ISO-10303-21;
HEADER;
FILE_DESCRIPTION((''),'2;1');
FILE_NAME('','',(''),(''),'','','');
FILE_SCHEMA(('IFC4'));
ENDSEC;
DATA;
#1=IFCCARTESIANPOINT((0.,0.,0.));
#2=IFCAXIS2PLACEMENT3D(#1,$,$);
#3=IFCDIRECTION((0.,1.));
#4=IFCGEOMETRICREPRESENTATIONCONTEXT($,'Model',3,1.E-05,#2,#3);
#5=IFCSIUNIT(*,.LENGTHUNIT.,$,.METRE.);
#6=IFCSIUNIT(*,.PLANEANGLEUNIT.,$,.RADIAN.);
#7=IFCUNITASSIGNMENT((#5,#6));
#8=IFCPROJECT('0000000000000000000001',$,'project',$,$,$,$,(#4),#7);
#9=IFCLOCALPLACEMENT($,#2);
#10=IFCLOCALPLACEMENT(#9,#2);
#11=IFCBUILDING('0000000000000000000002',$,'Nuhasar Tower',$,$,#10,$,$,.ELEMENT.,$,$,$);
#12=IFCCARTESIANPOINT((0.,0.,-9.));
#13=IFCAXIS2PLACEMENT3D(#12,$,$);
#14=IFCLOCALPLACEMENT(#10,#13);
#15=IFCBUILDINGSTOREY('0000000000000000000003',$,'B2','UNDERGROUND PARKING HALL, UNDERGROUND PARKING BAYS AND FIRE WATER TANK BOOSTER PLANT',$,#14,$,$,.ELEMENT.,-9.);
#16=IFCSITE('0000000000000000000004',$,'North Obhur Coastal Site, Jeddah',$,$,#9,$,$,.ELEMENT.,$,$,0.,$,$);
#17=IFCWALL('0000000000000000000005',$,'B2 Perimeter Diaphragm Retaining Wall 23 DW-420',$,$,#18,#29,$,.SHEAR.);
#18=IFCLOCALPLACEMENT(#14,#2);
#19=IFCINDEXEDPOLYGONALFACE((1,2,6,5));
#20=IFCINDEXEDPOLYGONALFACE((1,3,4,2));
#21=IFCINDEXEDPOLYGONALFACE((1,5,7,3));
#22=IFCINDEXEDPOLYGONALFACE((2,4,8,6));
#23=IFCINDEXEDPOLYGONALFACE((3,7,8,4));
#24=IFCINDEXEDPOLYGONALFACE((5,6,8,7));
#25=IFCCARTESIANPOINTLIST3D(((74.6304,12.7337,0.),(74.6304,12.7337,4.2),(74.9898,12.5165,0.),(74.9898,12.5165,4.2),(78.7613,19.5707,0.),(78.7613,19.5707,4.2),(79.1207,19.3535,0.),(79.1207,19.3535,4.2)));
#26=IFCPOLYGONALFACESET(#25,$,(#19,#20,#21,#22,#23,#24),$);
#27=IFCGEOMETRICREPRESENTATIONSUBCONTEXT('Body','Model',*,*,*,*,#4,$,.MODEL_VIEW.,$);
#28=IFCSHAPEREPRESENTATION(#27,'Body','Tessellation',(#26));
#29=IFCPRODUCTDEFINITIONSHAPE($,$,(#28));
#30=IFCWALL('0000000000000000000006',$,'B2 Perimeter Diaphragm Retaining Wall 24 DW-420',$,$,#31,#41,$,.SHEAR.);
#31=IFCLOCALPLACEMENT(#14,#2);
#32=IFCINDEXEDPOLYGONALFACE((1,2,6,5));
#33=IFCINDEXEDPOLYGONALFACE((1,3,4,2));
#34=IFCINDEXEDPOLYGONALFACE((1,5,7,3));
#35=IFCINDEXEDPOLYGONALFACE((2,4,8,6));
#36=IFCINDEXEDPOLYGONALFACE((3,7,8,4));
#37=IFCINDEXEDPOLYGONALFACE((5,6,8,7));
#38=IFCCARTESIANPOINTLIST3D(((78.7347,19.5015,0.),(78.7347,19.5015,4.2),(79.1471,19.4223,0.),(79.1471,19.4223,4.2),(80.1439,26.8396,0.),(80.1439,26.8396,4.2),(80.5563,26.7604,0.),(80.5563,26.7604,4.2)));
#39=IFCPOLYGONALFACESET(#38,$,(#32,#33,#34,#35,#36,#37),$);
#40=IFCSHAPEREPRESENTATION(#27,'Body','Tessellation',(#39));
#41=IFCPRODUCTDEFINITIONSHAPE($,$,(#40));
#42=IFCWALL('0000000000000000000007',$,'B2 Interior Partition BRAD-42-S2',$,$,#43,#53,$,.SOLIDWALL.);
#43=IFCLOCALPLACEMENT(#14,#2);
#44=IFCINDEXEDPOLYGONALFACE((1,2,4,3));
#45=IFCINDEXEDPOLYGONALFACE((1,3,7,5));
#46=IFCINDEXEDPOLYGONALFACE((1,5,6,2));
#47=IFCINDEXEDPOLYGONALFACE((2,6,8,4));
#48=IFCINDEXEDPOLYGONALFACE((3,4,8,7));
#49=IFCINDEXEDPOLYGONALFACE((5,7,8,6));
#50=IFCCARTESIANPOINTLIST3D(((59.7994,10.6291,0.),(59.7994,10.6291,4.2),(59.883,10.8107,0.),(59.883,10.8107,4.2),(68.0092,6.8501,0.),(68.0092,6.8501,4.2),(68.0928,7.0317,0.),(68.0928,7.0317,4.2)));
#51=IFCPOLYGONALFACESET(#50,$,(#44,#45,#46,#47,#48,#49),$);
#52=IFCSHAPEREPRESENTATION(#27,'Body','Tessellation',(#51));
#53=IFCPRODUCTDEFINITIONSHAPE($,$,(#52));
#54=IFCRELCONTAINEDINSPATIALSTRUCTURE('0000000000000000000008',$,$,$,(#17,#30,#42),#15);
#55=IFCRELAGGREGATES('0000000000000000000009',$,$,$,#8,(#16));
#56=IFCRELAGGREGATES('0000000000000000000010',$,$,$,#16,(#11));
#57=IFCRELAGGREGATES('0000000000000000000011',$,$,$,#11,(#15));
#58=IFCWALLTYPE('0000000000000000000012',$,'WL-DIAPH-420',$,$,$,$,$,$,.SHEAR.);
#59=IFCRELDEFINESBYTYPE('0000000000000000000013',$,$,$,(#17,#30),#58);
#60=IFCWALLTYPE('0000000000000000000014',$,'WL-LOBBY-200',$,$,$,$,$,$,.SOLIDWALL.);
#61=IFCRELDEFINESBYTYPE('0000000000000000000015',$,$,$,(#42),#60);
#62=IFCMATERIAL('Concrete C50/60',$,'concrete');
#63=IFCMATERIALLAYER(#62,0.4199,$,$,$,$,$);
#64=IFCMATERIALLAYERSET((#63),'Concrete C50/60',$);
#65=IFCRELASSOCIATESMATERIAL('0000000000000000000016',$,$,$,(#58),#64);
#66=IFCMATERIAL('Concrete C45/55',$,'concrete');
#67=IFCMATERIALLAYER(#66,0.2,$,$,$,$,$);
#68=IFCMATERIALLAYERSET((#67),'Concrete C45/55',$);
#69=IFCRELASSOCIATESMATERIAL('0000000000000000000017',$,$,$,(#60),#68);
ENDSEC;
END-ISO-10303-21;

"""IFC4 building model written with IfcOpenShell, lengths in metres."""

from ifc_helpers import new_model, si_unit, direction, frame, frame_2d, origin, place, context, subcontext, project, spatial, rectangle, extrude, material, layer, layer_set, type_object, element, save


model = new_model("IFC4")

# Units and contexts
model_context = context("Model", 3, precision=1e-05, world=origin(), true_north=direction((0.0, 1.0)))
body_context = subcontext(model_context, "Body", "Model", "MODEL_VIEW")
ifc_project = project(units=[si_unit("LENGTHUNIT", "METRE"), si_unit("PLANEANGLEUNIT", "RADIAN")], contexts=[model_context])

# Site, building, storey
site_placement = place(None, origin())
site = spatial("IfcSite", under=ifc_project, at=site_placement, Name="North Obhur Coastal Site, Jeddah", CompositionType="ELEMENT", RefElevation=0.0)
building_placement = place(site_placement, origin())
building = spatial("IfcBuilding", under=site, at=building_placement, Name="Nuhasar Tower", CompositionType="ELEMENT")
storey_placement = place(building_placement, frame((0.0, 0.0, -9.0)))
storey = spatial("IfcBuildingStorey", under=building, at=storey_placement, Name="B2", Description="UNDERGROUND PARKING HALL, UNDERGROUND PARKING BAYS AND FIRE WATER TANK BOOSTER PLANT", CompositionType="ELEMENT", Elevation=-9.0)

# Shared definitions
ifc_material_1 = material(Name="Concrete C50/60", Category="concrete")

# Walls
ifc_layer_1 = layer(ifc_material_1, 0.4199)
ifc_layer_set_1 = layer_set([ifc_layer_1], Name="Concrete C50/60")
wall_type_1 = type_object("IfcWallType", Name="WL-DIAPH-420", PredefinedType="SHEAR", material=ifc_layer_set_1)
wall_1_placement = place(storey_placement, frame((74.8101, 12.625, 0.0), z_axis=(0.0, 0.0, 1.0), x_axis=(0.517136, 0.855903, 0.0)))
element("IfcWall", 1, at=wall_1_placement, inside=storey, type_object=wall_type_1, Name="B2 Perimeter Diaphragm Retaining Wall 23 DW-420", PredefinedType="SHEAR", context=body_context, shape_type="SweptSolid", body=[
    extrude(rectangle(XDim=7.988, YDim=0.4199, at=frame_2d((3.9941, 0.0))), origin(), (0.0, 0.0, 1.0), 4.2),
])
wall_2_placement = place(storey_placement, frame((78.9409, 19.4619, 0.0), z_axis=(0.0, 0.0, 1.0), x_axis=(0.188589, 0.982056, 0.0)))
element("IfcWall", 2, at=wall_2_placement, inside=storey, type_object=wall_type_1, Name="B2 Perimeter Diaphragm Retaining Wall 24 DW-420", PredefinedType="SHEAR", context=body_context, shape_type="SweptSolid", body=[
    extrude(rectangle(XDim=7.4722, YDim=0.4199, at=frame_2d((3.7361, 0.0))), origin(), (0.0, 0.0, 1.0), 4.2),
])
ifc_material_2 = material(Name="Concrete C45/55", Category="concrete")
ifc_layer_2 = layer(ifc_material_2, 0.2)
ifc_layer_set_2 = layer_set([ifc_layer_2], Name="Concrete C45/55")
wall_type_2 = type_object("IfcWallType", Name="WL-LOBBY-200", PredefinedType="SOLIDWALL", material=ifc_layer_set_2)
wall_3_placement = place(storey_placement, frame((59.8411, 10.72, 0.0), z_axis=(0.0, 0.0, 1.0), x_axis=(0.908387, -0.418131, 0.0)))
element("IfcWall", 3, at=wall_3_placement, inside=storey, type_object=wall_type_2, Name="B2 Interior Partition BRAD-42-S2", PredefinedType="SOLIDWALL", context=body_context, shape_type="SweptSolid", body=[
    extrude(rectangle(XDim=9.0378, YDim=0.2, at=frame_2d((4.519, 0.0))), origin(), (0.0, 0.0, 1.0), 4.2),
])

save(model, "model.ifc")
